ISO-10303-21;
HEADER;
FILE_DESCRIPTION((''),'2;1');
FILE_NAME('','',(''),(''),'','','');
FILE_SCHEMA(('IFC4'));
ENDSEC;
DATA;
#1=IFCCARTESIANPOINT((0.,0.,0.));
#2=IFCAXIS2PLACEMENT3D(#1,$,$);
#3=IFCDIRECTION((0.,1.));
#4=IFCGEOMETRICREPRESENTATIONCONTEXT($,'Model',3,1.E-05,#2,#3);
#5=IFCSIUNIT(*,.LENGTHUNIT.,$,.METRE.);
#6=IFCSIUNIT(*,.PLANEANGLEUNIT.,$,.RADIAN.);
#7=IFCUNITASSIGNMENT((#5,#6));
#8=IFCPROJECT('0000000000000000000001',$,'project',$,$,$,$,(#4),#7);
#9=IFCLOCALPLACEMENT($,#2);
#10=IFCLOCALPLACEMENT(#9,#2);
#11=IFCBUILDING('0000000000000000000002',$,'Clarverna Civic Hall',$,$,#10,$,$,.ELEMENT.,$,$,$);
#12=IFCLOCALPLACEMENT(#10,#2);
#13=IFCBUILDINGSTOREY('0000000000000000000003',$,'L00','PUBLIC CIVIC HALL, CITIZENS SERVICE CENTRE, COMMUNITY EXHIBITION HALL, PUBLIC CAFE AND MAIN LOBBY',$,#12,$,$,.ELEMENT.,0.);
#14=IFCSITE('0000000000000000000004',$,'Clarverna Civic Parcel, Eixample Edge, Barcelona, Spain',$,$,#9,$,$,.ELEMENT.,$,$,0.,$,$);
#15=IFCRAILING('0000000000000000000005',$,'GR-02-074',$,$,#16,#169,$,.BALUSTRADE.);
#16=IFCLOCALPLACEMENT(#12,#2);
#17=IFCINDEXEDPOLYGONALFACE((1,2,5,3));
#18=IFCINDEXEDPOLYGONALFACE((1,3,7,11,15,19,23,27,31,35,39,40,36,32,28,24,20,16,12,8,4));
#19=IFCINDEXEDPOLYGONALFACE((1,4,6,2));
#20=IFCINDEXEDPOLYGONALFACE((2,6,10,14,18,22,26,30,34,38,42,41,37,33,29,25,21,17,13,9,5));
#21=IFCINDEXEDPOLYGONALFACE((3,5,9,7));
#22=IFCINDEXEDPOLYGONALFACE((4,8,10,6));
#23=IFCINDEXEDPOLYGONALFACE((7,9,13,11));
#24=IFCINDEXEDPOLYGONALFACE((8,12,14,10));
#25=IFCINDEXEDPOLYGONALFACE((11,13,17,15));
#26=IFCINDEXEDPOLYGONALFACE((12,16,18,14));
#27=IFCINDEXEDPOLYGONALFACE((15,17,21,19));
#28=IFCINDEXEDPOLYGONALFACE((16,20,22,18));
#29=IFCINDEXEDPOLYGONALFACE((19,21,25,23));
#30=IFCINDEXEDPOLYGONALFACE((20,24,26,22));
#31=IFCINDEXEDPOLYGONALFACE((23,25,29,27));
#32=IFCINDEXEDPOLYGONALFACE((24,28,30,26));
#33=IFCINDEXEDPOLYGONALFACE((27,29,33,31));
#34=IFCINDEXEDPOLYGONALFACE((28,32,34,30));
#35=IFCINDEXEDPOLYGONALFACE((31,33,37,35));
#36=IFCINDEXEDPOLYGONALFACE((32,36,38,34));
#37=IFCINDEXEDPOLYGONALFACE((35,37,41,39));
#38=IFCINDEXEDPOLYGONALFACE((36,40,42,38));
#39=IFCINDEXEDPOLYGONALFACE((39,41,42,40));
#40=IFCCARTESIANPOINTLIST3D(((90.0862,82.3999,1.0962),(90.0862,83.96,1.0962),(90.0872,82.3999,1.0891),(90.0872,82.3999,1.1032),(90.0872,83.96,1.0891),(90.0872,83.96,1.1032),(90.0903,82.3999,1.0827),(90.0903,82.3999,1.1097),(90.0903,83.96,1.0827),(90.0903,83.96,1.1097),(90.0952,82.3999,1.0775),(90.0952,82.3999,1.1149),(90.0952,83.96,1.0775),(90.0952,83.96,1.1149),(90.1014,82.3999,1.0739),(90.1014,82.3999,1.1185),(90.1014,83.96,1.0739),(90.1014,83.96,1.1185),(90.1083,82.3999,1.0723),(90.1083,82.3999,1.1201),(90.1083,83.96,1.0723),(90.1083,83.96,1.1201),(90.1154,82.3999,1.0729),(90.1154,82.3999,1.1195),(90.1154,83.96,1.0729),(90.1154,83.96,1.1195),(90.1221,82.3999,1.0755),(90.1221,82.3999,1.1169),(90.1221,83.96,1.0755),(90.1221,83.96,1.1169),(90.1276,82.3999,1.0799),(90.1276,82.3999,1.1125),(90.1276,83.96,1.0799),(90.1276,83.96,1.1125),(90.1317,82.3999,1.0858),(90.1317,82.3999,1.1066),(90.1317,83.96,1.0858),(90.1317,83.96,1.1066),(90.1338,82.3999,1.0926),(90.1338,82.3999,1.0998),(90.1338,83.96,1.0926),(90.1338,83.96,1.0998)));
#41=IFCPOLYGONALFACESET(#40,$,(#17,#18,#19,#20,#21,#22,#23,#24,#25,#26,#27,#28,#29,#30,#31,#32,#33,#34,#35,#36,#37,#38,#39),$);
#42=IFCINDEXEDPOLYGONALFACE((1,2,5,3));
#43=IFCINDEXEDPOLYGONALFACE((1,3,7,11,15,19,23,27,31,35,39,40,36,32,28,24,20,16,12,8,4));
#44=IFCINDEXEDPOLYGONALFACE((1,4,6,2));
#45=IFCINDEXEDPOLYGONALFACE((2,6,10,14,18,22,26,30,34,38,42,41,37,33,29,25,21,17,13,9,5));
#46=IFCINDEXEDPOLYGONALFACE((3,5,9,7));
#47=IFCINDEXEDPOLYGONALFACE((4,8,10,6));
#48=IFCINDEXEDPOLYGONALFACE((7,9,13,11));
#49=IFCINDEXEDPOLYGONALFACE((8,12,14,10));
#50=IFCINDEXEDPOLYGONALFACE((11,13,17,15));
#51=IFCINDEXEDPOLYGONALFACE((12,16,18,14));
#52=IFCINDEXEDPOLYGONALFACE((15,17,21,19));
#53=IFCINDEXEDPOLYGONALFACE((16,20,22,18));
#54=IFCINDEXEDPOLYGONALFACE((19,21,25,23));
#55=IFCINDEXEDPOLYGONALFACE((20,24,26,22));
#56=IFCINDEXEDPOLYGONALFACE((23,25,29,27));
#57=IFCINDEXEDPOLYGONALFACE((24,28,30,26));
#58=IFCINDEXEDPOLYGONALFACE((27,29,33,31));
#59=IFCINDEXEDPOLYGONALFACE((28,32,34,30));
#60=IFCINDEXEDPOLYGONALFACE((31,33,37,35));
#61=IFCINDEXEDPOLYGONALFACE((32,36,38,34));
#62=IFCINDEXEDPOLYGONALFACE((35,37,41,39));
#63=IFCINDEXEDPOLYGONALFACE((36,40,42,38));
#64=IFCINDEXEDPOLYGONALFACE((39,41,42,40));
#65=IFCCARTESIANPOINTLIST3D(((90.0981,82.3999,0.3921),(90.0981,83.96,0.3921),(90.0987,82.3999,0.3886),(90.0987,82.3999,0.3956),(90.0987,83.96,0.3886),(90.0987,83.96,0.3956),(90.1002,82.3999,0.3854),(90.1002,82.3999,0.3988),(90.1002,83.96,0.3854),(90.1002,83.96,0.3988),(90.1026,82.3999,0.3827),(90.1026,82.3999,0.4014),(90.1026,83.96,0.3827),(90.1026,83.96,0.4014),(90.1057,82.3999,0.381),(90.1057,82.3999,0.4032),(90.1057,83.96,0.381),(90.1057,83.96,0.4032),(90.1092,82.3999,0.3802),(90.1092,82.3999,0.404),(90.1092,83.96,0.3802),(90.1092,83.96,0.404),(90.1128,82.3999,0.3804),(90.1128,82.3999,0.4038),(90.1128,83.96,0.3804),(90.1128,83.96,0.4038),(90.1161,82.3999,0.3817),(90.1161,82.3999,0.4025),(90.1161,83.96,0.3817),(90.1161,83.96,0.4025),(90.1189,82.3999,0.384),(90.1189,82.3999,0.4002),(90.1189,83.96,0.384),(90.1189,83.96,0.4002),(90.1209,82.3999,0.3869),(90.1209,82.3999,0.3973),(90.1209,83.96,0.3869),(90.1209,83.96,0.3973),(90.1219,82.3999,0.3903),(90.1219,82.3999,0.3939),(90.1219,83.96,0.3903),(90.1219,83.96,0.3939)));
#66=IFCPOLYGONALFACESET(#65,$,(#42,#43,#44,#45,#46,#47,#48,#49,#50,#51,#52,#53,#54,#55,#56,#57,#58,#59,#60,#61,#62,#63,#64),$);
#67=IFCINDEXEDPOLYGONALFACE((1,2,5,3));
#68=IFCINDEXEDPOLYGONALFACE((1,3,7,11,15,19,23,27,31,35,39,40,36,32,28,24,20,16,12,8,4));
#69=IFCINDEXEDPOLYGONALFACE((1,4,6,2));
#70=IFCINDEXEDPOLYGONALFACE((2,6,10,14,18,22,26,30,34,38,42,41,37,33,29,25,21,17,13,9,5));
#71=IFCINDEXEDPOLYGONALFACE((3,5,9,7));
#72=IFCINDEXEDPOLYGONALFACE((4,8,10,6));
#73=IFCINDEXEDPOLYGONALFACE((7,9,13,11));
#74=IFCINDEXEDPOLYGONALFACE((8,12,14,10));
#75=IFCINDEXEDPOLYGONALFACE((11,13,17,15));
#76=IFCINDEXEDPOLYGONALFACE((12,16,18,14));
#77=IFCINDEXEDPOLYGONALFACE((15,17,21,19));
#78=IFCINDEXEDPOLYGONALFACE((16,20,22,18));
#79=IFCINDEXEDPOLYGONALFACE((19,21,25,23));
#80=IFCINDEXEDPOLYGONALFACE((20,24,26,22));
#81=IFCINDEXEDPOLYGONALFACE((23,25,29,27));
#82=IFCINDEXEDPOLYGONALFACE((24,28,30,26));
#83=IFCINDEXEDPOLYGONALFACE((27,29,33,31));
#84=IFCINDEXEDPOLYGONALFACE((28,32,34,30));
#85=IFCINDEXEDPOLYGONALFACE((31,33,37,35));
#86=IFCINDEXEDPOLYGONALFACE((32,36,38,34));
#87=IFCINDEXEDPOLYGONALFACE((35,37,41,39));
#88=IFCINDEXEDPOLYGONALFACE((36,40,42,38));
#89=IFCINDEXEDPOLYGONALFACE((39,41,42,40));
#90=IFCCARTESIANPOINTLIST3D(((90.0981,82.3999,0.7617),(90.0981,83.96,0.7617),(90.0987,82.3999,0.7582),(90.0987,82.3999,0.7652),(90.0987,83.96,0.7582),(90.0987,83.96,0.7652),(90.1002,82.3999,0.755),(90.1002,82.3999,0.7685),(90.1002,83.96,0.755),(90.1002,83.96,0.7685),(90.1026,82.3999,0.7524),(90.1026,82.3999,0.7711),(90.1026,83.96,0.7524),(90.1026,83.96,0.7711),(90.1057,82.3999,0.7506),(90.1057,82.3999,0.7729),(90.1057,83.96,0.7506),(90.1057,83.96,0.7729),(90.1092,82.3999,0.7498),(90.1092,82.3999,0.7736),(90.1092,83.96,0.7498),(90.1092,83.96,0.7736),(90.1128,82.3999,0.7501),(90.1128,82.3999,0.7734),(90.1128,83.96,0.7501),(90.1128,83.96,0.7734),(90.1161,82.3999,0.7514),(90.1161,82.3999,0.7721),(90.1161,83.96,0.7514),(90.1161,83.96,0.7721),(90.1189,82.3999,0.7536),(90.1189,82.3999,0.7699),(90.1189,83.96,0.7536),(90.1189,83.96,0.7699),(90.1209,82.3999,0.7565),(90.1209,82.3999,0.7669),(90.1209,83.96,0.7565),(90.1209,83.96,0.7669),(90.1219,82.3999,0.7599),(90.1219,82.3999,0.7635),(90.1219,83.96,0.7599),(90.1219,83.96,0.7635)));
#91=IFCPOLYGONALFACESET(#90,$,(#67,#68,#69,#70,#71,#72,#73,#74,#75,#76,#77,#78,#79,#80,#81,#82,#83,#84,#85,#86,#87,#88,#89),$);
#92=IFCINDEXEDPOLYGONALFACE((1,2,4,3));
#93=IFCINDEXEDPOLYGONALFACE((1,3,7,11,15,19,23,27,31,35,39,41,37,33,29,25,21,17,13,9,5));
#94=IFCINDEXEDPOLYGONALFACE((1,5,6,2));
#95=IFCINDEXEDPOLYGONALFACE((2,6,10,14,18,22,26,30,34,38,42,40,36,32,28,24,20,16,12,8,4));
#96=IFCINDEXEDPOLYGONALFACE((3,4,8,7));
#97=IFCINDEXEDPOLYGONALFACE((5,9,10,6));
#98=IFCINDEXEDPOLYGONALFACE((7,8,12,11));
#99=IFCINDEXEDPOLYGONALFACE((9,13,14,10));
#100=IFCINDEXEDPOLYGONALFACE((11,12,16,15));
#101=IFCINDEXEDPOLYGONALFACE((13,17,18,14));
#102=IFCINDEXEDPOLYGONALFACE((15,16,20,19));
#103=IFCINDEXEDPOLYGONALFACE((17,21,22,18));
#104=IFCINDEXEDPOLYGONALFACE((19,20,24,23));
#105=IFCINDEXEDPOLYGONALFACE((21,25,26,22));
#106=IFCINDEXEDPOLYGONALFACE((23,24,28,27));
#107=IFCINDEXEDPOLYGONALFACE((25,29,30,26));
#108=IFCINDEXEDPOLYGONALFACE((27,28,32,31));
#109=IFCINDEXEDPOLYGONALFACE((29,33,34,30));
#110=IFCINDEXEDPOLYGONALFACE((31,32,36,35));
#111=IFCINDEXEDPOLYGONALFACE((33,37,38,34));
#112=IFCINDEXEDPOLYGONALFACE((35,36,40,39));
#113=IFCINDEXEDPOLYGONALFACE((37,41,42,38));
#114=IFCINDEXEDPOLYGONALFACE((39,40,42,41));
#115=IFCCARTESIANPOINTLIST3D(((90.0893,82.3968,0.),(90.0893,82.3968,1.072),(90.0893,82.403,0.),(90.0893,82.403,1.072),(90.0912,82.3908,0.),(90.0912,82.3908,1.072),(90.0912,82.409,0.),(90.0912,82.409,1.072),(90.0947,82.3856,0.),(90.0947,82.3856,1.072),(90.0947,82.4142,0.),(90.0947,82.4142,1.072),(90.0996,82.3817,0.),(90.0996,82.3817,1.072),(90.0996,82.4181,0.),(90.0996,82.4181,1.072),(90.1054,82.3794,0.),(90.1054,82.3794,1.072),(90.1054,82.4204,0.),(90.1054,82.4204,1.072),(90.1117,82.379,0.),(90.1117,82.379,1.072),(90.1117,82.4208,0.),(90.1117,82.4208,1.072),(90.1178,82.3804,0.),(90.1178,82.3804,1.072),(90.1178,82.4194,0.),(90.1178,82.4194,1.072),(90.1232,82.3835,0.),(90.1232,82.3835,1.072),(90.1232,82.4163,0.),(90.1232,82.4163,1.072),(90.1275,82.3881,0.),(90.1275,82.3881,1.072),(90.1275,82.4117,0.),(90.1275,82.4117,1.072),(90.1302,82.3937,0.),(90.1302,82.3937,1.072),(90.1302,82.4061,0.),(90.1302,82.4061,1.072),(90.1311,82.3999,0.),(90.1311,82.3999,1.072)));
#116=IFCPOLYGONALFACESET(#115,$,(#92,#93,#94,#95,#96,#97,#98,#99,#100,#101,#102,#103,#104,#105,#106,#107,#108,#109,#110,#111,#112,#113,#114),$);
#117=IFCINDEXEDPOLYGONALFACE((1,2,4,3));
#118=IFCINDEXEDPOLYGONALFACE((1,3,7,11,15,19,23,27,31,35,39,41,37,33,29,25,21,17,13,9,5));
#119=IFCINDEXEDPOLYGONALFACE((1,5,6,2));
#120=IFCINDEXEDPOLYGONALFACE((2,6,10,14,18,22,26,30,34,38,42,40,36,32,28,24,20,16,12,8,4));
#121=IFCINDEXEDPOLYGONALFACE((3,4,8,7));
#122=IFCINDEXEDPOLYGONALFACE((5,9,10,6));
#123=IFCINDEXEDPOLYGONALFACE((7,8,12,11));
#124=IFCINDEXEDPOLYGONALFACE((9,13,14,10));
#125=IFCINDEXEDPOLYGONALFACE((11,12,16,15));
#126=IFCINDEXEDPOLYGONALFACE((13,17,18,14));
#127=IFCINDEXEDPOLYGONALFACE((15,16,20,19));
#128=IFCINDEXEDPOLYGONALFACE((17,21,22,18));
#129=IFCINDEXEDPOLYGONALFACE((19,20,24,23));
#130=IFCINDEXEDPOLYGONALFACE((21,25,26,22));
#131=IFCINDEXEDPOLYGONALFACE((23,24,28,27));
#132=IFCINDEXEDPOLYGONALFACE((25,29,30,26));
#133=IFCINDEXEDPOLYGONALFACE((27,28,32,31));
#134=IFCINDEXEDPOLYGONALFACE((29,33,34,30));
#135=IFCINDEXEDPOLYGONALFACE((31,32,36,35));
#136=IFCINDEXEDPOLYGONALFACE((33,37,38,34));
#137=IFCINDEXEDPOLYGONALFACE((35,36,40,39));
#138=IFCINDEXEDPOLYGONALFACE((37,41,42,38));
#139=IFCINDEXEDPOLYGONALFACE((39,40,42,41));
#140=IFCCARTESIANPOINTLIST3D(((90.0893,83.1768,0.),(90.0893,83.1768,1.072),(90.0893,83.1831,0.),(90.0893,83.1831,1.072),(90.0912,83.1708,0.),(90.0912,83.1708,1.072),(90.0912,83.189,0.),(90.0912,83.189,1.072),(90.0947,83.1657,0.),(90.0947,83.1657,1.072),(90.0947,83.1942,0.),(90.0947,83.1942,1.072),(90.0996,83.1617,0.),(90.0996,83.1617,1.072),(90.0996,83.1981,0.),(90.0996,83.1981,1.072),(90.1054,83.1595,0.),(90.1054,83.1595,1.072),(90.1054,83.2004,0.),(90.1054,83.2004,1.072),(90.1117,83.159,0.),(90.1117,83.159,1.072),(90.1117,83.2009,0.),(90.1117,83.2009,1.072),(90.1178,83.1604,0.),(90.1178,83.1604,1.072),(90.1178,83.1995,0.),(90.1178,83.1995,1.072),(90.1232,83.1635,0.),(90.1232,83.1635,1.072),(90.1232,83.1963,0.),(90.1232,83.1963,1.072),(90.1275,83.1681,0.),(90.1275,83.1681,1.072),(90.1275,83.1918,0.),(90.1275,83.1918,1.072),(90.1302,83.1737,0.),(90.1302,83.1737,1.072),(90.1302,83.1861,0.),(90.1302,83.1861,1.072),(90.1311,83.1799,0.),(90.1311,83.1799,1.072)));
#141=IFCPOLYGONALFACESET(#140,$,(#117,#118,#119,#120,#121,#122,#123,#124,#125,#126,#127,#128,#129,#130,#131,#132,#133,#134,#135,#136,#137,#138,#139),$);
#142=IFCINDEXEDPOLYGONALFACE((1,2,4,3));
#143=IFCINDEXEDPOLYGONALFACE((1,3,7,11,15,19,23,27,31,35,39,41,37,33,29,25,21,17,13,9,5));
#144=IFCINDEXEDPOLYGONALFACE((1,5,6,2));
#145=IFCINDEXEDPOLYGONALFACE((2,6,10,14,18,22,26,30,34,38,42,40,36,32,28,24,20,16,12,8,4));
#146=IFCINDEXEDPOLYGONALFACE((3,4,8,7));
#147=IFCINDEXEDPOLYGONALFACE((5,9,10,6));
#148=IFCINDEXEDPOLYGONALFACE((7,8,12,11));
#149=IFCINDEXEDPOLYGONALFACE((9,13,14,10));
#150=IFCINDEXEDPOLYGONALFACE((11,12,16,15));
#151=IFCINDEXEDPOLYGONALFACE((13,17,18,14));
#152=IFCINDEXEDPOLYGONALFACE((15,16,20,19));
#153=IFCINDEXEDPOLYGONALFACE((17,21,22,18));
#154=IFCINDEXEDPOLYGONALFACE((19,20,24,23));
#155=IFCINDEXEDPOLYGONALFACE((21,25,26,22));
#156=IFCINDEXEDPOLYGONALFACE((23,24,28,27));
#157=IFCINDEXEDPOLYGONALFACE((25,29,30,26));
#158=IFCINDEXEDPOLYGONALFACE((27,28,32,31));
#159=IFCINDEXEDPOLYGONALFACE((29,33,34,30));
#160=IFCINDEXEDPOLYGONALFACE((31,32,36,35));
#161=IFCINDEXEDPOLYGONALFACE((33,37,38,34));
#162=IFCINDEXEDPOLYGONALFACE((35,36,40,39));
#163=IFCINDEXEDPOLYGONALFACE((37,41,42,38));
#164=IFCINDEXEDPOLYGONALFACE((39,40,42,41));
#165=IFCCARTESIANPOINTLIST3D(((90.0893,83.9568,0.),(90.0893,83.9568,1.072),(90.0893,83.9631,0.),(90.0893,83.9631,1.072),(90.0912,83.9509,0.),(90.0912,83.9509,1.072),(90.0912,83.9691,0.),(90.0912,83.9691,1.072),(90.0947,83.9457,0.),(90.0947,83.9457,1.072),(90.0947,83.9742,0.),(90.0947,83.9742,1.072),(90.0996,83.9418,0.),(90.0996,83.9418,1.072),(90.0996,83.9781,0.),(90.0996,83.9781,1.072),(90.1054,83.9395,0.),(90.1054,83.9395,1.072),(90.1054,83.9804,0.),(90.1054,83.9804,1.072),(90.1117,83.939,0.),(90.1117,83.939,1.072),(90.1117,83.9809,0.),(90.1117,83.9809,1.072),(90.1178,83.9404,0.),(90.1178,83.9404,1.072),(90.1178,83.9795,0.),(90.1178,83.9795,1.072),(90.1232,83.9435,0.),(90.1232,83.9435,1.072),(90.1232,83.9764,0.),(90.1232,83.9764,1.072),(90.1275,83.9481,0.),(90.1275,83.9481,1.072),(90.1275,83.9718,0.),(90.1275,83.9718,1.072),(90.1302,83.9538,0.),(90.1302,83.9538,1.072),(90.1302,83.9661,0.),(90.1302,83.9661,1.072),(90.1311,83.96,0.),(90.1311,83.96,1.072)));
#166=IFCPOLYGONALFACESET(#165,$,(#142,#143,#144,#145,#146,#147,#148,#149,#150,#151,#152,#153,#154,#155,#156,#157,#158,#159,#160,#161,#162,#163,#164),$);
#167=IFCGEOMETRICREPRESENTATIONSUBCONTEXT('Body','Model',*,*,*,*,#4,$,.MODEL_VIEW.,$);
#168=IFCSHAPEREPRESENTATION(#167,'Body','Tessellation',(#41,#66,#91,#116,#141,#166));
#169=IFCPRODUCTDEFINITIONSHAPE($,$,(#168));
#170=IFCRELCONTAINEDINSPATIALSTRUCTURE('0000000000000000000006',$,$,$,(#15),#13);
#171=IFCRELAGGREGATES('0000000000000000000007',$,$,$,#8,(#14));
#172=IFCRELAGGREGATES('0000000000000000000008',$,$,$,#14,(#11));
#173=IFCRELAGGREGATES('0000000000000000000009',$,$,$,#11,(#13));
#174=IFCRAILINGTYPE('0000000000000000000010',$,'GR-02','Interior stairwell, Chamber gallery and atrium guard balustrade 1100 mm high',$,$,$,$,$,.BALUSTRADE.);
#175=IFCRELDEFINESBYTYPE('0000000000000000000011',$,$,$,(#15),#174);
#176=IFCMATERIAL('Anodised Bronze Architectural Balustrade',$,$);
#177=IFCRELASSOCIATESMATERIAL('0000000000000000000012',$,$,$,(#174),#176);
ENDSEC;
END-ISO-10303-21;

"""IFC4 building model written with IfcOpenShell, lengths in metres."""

from ifc_helpers import new_model, si_unit, direction, frame, origin, origin_2d, place, context, subcontext, project, spatial, circle, extrude, material, type_object, element, save


model = new_model("IFC4")

# Units and contexts
model_context = context("Model", 3, precision=1e-05, world=origin(), true_north=direction((0.0, 1.0)))
body_context = subcontext(model_context, "Body", "Model", "MODEL_VIEW")
ifc_project = project(units=[si_unit("LENGTHUNIT", "METRE"), si_unit("PLANEANGLEUNIT", "RADIAN")], contexts=[model_context])

# Site, building, storey
site_placement = place(None, origin())
site = spatial("IfcSite", under=ifc_project, at=site_placement, Name="Clarverna Civic Parcel, Eixample Edge, Barcelona, Spain", CompositionType="ELEMENT", RefElevation=0.0)
building_placement = place(site_placement, origin())
building = spatial("IfcBuilding", under=site, at=building_placement, Name="Clarverna Civic Hall", CompositionType="ELEMENT")
storey_placement = place(building_placement, origin())
storey = spatial("IfcBuildingStorey", under=building, at=storey_placement, Name="L00", Description="PUBLIC CIVIC HALL, CITIZENS SERVICE CENTRE, COMMUNITY EXHIBITION HALL, PUBLIC CAFE AND MAIN LOBBY", CompositionType="ELEMENT", Elevation=0.0)

# Railing
ifc_material_1 = material(Name="Anodised Bronze Architectural Balustrade")
railing_type_1 = type_object("IfcRailingType", Name="GR-02", Description="Interior stairwell, Chamber gallery and atrium guard balustrade 1100 mm high", PredefinedType="BALUSTRADE", material=ifc_material_1)
railing_1_placement = place(storey_placement, frame((90.1101, 82.3999, 0.0)))
element("IfcRailing", 1, at=railing_1_placement, inside=storey, type_object=railing_type_1, Name="GR-02-074", PredefinedType="BALUSTRADE", context=body_context, shape_type="SweptSolid", body=[
    extrude(circle(Radius=0.0239, at=origin_2d()), frame((0.0, 0.0, 1.0962), z_axis=(0.0, 1.0, 0.0), x_axis=(-1.0, 0.0, 0.0)), (0.0, 0.0, 1.0), 1.5601),
    extrude(circle(Radius=0.012, at=origin_2d()), frame((0.0, 0.0, 0.3921), z_axis=(0.0, 1.0, 0.0), x_axis=(-1.0, 0.0, 0.0)), (0.0, 0.0, 1.0), 1.5601),
    extrude(circle(Radius=0.012, at=origin_2d()), frame((0.0, 0.0, 0.7617), z_axis=(0.0, 1.0, 0.0), x_axis=(-1.0, 0.0, 0.0)), (0.0, 0.0, 1.0), 1.5601),
    extrude(circle(Radius=0.021, at=origin_2d()), origin(), (0.0, 0.0, 1.0), 1.072),
    extrude(circle(Radius=0.021, at=origin_2d()), frame((0.0, 0.78, 0.0)), (0.0, 0.0, 1.0), 1.072),
    extrude(circle(Radius=0.021, at=origin_2d()), frame((0.0, 1.5601, 0.0)), (0.0, 0.0, 1.0), 1.072),
])

save(model, "model.ifc")
